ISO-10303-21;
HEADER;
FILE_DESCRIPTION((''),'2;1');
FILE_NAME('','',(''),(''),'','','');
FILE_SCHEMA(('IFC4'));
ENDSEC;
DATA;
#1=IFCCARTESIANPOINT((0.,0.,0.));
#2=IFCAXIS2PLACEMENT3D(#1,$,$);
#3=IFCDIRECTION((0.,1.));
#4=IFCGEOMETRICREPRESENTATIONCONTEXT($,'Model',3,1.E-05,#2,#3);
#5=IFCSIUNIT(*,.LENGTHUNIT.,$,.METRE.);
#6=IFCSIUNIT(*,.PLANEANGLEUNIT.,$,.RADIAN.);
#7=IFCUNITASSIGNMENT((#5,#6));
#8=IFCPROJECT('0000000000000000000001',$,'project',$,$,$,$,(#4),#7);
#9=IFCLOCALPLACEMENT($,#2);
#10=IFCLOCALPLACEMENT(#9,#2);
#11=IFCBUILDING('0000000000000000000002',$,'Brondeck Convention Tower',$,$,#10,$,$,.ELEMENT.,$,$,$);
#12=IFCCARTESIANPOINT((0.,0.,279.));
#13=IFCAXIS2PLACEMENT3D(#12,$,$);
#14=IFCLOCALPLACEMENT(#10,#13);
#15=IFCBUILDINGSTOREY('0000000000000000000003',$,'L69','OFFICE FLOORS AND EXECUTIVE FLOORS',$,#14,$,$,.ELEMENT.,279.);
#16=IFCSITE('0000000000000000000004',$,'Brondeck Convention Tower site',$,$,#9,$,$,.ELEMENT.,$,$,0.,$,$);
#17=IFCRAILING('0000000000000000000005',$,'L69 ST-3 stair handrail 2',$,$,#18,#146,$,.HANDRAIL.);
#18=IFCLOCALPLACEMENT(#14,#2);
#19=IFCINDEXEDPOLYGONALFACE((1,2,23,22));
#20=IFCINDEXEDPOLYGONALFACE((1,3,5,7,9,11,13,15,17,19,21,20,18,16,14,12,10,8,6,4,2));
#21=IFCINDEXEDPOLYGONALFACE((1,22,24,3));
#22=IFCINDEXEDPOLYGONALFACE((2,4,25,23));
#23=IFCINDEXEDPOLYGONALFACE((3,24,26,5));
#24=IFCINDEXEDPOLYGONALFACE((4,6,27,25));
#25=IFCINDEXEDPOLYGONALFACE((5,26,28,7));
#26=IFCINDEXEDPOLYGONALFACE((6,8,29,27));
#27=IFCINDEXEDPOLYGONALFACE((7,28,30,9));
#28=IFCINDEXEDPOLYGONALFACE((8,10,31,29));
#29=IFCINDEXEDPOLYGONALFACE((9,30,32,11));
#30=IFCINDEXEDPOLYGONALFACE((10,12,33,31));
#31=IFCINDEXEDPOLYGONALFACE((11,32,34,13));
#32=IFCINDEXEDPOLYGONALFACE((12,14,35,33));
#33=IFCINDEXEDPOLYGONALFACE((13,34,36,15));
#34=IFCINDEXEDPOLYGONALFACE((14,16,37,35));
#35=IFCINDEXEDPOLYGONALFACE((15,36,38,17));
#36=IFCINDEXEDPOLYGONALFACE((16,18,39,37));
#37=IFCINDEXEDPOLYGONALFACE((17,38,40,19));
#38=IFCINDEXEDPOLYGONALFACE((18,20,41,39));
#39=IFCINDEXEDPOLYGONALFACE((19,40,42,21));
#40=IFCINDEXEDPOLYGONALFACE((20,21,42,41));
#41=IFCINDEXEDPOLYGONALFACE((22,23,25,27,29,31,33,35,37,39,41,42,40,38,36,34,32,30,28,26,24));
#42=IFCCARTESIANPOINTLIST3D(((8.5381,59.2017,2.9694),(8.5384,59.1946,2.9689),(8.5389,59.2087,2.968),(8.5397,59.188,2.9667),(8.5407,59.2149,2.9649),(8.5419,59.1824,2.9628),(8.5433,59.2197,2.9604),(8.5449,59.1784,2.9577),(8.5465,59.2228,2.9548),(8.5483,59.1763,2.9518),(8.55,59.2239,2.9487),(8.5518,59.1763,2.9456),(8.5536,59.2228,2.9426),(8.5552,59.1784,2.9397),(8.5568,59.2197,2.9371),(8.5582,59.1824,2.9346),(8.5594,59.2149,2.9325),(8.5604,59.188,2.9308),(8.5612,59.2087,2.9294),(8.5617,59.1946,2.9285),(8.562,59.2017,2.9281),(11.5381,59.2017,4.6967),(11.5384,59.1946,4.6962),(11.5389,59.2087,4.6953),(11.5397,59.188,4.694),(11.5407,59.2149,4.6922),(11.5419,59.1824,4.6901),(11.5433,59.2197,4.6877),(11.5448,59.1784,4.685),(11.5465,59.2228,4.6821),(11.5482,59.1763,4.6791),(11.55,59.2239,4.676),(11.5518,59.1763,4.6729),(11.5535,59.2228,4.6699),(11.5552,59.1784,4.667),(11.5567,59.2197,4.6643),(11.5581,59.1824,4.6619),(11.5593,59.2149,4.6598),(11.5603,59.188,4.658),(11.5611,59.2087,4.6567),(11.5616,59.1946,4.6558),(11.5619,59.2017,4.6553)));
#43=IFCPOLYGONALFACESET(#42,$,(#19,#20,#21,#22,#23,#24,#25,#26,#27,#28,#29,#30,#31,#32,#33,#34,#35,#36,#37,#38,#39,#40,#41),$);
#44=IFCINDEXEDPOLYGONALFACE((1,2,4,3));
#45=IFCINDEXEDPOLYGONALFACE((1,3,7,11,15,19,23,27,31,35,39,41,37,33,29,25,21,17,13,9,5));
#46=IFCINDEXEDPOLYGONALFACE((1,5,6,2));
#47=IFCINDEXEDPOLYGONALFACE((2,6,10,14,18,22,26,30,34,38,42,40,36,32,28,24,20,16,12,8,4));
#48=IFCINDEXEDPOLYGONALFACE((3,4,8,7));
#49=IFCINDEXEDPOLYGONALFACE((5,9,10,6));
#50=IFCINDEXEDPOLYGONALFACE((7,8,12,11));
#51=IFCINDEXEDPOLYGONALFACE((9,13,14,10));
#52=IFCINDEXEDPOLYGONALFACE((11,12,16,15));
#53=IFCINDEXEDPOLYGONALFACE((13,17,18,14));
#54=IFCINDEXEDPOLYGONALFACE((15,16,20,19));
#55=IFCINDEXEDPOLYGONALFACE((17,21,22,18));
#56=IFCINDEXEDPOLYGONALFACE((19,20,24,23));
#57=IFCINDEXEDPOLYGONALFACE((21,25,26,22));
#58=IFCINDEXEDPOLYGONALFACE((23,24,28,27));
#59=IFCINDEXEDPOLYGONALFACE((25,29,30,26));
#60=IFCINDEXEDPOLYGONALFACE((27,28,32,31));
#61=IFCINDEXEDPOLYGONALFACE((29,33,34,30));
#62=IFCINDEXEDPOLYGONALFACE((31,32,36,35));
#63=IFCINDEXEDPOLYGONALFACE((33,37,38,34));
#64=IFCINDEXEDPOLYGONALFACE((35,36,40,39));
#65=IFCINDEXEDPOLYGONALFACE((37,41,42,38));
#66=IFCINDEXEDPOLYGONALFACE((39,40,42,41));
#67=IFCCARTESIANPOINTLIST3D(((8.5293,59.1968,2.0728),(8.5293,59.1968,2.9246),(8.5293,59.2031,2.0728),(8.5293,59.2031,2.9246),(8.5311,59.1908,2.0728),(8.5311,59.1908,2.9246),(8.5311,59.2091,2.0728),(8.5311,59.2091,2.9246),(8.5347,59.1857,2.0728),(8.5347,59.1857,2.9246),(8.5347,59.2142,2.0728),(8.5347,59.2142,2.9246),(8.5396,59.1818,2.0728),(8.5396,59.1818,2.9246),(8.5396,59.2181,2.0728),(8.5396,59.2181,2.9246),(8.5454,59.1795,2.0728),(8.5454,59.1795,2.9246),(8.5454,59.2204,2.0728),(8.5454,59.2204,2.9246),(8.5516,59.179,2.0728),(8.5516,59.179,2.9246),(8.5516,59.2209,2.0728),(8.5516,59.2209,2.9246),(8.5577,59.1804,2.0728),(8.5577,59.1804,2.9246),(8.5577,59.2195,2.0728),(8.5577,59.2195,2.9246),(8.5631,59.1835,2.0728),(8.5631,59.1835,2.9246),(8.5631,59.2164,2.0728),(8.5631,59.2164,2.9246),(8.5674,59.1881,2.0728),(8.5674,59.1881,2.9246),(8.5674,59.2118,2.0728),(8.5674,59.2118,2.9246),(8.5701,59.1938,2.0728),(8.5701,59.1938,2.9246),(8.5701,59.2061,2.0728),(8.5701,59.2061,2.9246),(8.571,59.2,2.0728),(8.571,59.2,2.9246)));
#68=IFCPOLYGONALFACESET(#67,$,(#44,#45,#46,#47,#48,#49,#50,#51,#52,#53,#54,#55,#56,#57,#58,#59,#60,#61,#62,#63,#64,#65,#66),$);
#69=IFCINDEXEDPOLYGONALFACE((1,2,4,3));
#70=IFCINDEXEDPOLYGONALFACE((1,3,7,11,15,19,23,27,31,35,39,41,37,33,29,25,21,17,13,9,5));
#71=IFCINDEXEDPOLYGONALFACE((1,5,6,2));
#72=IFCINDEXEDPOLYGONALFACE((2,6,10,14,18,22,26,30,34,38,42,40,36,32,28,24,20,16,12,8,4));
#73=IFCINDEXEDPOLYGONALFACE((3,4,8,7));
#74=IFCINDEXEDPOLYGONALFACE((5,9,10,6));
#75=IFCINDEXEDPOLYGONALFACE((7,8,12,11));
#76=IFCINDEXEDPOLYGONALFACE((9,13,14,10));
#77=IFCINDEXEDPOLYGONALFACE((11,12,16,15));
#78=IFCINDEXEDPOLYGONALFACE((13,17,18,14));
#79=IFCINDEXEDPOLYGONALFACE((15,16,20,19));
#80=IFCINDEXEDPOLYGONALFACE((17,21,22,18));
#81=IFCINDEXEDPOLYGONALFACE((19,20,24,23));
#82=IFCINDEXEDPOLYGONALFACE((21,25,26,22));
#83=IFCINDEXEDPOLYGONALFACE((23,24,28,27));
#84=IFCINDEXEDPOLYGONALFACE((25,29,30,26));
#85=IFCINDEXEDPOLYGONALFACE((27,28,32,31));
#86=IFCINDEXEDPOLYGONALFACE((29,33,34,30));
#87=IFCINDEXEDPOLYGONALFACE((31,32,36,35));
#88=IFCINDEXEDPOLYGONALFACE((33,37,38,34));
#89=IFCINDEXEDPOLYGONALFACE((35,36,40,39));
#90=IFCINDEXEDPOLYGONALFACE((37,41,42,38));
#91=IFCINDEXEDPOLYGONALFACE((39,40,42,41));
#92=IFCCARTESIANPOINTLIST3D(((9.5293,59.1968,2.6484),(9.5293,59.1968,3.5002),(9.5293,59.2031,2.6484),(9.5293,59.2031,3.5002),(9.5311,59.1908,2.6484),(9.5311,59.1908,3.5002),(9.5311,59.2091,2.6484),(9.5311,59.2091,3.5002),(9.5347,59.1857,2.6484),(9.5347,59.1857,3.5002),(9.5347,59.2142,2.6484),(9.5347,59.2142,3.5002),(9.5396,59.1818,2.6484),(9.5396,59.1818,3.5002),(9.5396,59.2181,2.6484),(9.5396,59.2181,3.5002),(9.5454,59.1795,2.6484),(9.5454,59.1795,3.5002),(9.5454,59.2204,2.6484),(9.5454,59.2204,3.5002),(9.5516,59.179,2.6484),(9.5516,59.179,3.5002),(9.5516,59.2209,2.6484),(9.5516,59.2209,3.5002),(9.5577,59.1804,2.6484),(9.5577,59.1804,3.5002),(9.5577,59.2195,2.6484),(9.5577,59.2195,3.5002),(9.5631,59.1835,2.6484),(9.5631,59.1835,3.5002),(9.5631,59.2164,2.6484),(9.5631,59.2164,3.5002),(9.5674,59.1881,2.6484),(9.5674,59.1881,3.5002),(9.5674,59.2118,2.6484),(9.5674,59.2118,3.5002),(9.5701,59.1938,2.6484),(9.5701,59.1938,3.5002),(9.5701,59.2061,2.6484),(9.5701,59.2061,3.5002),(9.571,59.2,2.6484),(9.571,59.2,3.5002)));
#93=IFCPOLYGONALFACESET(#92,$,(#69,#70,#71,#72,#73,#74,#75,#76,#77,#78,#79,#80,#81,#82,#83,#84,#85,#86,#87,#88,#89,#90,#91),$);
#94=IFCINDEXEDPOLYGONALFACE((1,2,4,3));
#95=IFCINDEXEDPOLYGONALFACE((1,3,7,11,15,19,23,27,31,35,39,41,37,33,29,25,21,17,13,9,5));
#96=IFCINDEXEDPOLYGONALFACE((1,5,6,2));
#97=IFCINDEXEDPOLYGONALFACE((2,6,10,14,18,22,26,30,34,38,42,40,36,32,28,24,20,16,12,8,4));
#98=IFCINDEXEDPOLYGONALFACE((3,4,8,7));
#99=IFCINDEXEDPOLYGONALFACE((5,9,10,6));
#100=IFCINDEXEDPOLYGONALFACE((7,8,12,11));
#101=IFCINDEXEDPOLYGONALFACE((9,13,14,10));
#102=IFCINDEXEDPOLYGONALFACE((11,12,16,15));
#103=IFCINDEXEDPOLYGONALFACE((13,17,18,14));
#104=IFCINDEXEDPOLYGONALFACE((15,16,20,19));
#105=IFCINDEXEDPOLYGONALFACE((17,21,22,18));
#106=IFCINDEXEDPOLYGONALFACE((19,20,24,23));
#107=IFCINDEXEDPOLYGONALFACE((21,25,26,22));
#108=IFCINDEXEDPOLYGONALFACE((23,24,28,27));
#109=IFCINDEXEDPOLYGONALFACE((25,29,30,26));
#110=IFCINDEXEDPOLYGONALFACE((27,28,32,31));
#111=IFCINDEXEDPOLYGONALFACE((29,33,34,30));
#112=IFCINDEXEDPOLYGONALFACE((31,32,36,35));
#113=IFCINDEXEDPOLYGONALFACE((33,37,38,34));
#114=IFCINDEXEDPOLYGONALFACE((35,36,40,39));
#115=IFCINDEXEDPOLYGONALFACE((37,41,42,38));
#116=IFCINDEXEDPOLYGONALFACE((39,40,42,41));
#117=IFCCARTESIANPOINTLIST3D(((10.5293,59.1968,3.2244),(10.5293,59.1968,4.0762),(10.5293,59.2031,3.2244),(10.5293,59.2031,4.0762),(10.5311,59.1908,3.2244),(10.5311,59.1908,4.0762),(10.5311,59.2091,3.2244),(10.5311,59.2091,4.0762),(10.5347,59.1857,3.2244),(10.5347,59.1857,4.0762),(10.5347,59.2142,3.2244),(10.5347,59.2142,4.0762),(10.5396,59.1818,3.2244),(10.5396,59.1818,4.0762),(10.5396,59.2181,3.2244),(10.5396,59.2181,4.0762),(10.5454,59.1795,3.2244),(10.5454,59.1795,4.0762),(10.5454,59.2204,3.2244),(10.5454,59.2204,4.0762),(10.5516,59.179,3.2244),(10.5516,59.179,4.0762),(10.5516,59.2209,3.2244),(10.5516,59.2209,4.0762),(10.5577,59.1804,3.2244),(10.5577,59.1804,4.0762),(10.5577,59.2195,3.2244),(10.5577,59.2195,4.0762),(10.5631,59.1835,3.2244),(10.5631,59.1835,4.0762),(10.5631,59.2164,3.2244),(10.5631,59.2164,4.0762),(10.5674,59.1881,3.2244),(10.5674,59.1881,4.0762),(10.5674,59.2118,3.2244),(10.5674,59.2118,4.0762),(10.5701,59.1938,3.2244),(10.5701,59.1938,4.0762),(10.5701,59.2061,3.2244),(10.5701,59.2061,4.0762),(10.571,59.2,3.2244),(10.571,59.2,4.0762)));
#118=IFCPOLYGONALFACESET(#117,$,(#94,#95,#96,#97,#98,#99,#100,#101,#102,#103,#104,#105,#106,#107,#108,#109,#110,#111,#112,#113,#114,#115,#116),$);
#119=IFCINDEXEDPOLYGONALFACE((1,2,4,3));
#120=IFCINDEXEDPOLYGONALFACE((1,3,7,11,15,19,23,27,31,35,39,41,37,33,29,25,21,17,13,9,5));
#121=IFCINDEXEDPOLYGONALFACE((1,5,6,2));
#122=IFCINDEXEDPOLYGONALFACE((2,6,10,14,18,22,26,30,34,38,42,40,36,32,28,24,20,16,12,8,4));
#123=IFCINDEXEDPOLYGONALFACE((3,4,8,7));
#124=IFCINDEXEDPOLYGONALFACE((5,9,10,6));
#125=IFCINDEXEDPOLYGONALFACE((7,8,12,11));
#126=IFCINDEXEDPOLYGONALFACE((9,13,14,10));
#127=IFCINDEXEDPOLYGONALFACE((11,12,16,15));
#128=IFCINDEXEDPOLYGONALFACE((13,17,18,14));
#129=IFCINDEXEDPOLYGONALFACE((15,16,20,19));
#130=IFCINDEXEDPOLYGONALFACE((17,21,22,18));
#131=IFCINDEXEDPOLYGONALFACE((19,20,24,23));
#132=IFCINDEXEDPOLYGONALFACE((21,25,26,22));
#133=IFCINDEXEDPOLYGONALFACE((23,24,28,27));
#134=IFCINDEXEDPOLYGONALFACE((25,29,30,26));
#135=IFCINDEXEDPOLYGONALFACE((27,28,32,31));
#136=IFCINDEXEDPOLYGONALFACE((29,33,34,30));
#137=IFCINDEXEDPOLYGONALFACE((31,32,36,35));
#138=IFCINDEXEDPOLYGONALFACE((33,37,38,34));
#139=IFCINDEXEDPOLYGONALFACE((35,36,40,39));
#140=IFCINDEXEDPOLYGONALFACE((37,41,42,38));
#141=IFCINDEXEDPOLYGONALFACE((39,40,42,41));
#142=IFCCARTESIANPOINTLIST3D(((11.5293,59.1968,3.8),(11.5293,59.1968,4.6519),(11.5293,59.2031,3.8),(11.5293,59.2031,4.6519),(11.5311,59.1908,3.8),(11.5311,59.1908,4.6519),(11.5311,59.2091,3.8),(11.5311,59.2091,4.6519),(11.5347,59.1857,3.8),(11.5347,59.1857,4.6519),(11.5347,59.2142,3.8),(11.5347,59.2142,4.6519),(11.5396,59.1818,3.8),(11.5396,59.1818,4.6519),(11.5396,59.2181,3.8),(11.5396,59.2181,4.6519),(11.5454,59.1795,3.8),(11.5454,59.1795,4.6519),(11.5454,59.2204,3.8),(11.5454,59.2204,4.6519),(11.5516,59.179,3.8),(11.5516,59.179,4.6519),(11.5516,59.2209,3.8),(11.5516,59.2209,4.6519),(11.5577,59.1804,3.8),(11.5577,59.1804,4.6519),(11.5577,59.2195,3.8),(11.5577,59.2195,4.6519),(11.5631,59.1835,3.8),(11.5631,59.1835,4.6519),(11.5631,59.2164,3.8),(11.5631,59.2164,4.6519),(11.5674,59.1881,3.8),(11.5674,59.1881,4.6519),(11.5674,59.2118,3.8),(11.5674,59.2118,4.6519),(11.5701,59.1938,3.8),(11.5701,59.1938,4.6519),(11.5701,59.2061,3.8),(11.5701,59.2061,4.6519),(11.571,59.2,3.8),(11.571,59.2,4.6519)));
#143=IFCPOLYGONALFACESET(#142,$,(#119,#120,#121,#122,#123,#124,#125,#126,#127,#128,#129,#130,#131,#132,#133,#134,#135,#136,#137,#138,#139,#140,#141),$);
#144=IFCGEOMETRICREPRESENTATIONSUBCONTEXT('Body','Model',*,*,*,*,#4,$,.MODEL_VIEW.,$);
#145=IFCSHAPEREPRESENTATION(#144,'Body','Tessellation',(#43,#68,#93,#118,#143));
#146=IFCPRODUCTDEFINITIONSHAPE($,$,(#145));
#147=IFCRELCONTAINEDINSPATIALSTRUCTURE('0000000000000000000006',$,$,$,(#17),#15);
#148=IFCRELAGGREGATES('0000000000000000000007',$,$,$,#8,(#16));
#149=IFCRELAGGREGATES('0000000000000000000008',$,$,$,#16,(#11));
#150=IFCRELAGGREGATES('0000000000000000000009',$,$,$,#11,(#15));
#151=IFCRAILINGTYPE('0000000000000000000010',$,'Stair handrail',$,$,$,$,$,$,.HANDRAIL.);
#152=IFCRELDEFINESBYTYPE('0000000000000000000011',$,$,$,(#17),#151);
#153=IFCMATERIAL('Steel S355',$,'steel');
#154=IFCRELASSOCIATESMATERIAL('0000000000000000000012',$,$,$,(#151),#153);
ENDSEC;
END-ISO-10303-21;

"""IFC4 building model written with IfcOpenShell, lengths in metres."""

from ifc_helpers import new_model, si_unit, direction, frame, origin, origin_2d, place, context, subcontext, project, spatial, circle, extrude, material, type_object, element, save


model = new_model("IFC4")

# Units and contexts
model_context = context("Model", 3, precision=1e-05, world=origin(), true_north=direction((0.0, 1.0)))
body_context = subcontext(model_context, "Body", "Model", "MODEL_VIEW")
ifc_project = project(units=[si_unit("LENGTHUNIT", "METRE"), si_unit("PLANEANGLEUNIT", "RADIAN")], contexts=[model_context])

# Site, building, storey
site_placement = place(None, origin())
site = spatial("IfcSite", under=ifc_project, at=site_placement, Name="Brondeck Convention Tower site", CompositionType="ELEMENT", RefElevation=0.0)
building_placement = place(site_placement, origin())
building = spatial("IfcBuilding", under=site, at=building_placement, Name="Brondeck Convention Tower", CompositionType="ELEMENT")
storey_placement = place(building_placement, frame((0.0, 0.0, 279.0)))
storey = spatial("IfcBuildingStorey", under=building, at=storey_placement, Name="L69", Description="OFFICE FLOORS AND EXECUTIVE FLOORS", CompositionType="ELEMENT", Elevation=279.0)

# Railing
ifc_material_1 = material(Name="Steel S355", Category="steel")
railing_type = type_object("IfcRailingType", Name="Stair handrail", PredefinedType="HANDRAIL", material=ifc_material_1)
railing_1_placement = place(storey_placement, frame((8.55, 59.2, 2.0728)))
element("IfcRailing", 1, at=railing_1_placement, inside=storey, type_object=railing_type, Name="L69 ST-3 stair handrail 2", PredefinedType="HANDRAIL", context=body_context, shape_type="SweptSolid", body=[
    extrude(circle(Radius=0.0239, at=origin_2d()), frame((0.0, 0.0, 0.876), z_axis=(0.86662, 0.0, 0.498969), x_axis=(0.0, 1.0, 0.0)), (0.0, 0.0, 1.0), 3.4617),
    extrude(circle(Radius=0.021, at=origin_2d()), origin(), (0.0, 0.0, 1.0), 0.8518),
    extrude(circle(Radius=0.021, at=origin_2d()), frame((1.0, 0.0, 0.5757)), (0.0, 0.0, 1.0), 0.8518),
    extrude(circle(Radius=0.021, at=origin_2d()), frame((2.0, 0.0, 1.1516)), (0.0, 0.0, 1.0), 0.8518),
    extrude(circle(Radius=0.021, at=origin_2d()), frame((3.0, 0.0, 1.7273)), (0.0, 0.0, 1.0), 0.8518),
])

save(model, "model.ifc")
